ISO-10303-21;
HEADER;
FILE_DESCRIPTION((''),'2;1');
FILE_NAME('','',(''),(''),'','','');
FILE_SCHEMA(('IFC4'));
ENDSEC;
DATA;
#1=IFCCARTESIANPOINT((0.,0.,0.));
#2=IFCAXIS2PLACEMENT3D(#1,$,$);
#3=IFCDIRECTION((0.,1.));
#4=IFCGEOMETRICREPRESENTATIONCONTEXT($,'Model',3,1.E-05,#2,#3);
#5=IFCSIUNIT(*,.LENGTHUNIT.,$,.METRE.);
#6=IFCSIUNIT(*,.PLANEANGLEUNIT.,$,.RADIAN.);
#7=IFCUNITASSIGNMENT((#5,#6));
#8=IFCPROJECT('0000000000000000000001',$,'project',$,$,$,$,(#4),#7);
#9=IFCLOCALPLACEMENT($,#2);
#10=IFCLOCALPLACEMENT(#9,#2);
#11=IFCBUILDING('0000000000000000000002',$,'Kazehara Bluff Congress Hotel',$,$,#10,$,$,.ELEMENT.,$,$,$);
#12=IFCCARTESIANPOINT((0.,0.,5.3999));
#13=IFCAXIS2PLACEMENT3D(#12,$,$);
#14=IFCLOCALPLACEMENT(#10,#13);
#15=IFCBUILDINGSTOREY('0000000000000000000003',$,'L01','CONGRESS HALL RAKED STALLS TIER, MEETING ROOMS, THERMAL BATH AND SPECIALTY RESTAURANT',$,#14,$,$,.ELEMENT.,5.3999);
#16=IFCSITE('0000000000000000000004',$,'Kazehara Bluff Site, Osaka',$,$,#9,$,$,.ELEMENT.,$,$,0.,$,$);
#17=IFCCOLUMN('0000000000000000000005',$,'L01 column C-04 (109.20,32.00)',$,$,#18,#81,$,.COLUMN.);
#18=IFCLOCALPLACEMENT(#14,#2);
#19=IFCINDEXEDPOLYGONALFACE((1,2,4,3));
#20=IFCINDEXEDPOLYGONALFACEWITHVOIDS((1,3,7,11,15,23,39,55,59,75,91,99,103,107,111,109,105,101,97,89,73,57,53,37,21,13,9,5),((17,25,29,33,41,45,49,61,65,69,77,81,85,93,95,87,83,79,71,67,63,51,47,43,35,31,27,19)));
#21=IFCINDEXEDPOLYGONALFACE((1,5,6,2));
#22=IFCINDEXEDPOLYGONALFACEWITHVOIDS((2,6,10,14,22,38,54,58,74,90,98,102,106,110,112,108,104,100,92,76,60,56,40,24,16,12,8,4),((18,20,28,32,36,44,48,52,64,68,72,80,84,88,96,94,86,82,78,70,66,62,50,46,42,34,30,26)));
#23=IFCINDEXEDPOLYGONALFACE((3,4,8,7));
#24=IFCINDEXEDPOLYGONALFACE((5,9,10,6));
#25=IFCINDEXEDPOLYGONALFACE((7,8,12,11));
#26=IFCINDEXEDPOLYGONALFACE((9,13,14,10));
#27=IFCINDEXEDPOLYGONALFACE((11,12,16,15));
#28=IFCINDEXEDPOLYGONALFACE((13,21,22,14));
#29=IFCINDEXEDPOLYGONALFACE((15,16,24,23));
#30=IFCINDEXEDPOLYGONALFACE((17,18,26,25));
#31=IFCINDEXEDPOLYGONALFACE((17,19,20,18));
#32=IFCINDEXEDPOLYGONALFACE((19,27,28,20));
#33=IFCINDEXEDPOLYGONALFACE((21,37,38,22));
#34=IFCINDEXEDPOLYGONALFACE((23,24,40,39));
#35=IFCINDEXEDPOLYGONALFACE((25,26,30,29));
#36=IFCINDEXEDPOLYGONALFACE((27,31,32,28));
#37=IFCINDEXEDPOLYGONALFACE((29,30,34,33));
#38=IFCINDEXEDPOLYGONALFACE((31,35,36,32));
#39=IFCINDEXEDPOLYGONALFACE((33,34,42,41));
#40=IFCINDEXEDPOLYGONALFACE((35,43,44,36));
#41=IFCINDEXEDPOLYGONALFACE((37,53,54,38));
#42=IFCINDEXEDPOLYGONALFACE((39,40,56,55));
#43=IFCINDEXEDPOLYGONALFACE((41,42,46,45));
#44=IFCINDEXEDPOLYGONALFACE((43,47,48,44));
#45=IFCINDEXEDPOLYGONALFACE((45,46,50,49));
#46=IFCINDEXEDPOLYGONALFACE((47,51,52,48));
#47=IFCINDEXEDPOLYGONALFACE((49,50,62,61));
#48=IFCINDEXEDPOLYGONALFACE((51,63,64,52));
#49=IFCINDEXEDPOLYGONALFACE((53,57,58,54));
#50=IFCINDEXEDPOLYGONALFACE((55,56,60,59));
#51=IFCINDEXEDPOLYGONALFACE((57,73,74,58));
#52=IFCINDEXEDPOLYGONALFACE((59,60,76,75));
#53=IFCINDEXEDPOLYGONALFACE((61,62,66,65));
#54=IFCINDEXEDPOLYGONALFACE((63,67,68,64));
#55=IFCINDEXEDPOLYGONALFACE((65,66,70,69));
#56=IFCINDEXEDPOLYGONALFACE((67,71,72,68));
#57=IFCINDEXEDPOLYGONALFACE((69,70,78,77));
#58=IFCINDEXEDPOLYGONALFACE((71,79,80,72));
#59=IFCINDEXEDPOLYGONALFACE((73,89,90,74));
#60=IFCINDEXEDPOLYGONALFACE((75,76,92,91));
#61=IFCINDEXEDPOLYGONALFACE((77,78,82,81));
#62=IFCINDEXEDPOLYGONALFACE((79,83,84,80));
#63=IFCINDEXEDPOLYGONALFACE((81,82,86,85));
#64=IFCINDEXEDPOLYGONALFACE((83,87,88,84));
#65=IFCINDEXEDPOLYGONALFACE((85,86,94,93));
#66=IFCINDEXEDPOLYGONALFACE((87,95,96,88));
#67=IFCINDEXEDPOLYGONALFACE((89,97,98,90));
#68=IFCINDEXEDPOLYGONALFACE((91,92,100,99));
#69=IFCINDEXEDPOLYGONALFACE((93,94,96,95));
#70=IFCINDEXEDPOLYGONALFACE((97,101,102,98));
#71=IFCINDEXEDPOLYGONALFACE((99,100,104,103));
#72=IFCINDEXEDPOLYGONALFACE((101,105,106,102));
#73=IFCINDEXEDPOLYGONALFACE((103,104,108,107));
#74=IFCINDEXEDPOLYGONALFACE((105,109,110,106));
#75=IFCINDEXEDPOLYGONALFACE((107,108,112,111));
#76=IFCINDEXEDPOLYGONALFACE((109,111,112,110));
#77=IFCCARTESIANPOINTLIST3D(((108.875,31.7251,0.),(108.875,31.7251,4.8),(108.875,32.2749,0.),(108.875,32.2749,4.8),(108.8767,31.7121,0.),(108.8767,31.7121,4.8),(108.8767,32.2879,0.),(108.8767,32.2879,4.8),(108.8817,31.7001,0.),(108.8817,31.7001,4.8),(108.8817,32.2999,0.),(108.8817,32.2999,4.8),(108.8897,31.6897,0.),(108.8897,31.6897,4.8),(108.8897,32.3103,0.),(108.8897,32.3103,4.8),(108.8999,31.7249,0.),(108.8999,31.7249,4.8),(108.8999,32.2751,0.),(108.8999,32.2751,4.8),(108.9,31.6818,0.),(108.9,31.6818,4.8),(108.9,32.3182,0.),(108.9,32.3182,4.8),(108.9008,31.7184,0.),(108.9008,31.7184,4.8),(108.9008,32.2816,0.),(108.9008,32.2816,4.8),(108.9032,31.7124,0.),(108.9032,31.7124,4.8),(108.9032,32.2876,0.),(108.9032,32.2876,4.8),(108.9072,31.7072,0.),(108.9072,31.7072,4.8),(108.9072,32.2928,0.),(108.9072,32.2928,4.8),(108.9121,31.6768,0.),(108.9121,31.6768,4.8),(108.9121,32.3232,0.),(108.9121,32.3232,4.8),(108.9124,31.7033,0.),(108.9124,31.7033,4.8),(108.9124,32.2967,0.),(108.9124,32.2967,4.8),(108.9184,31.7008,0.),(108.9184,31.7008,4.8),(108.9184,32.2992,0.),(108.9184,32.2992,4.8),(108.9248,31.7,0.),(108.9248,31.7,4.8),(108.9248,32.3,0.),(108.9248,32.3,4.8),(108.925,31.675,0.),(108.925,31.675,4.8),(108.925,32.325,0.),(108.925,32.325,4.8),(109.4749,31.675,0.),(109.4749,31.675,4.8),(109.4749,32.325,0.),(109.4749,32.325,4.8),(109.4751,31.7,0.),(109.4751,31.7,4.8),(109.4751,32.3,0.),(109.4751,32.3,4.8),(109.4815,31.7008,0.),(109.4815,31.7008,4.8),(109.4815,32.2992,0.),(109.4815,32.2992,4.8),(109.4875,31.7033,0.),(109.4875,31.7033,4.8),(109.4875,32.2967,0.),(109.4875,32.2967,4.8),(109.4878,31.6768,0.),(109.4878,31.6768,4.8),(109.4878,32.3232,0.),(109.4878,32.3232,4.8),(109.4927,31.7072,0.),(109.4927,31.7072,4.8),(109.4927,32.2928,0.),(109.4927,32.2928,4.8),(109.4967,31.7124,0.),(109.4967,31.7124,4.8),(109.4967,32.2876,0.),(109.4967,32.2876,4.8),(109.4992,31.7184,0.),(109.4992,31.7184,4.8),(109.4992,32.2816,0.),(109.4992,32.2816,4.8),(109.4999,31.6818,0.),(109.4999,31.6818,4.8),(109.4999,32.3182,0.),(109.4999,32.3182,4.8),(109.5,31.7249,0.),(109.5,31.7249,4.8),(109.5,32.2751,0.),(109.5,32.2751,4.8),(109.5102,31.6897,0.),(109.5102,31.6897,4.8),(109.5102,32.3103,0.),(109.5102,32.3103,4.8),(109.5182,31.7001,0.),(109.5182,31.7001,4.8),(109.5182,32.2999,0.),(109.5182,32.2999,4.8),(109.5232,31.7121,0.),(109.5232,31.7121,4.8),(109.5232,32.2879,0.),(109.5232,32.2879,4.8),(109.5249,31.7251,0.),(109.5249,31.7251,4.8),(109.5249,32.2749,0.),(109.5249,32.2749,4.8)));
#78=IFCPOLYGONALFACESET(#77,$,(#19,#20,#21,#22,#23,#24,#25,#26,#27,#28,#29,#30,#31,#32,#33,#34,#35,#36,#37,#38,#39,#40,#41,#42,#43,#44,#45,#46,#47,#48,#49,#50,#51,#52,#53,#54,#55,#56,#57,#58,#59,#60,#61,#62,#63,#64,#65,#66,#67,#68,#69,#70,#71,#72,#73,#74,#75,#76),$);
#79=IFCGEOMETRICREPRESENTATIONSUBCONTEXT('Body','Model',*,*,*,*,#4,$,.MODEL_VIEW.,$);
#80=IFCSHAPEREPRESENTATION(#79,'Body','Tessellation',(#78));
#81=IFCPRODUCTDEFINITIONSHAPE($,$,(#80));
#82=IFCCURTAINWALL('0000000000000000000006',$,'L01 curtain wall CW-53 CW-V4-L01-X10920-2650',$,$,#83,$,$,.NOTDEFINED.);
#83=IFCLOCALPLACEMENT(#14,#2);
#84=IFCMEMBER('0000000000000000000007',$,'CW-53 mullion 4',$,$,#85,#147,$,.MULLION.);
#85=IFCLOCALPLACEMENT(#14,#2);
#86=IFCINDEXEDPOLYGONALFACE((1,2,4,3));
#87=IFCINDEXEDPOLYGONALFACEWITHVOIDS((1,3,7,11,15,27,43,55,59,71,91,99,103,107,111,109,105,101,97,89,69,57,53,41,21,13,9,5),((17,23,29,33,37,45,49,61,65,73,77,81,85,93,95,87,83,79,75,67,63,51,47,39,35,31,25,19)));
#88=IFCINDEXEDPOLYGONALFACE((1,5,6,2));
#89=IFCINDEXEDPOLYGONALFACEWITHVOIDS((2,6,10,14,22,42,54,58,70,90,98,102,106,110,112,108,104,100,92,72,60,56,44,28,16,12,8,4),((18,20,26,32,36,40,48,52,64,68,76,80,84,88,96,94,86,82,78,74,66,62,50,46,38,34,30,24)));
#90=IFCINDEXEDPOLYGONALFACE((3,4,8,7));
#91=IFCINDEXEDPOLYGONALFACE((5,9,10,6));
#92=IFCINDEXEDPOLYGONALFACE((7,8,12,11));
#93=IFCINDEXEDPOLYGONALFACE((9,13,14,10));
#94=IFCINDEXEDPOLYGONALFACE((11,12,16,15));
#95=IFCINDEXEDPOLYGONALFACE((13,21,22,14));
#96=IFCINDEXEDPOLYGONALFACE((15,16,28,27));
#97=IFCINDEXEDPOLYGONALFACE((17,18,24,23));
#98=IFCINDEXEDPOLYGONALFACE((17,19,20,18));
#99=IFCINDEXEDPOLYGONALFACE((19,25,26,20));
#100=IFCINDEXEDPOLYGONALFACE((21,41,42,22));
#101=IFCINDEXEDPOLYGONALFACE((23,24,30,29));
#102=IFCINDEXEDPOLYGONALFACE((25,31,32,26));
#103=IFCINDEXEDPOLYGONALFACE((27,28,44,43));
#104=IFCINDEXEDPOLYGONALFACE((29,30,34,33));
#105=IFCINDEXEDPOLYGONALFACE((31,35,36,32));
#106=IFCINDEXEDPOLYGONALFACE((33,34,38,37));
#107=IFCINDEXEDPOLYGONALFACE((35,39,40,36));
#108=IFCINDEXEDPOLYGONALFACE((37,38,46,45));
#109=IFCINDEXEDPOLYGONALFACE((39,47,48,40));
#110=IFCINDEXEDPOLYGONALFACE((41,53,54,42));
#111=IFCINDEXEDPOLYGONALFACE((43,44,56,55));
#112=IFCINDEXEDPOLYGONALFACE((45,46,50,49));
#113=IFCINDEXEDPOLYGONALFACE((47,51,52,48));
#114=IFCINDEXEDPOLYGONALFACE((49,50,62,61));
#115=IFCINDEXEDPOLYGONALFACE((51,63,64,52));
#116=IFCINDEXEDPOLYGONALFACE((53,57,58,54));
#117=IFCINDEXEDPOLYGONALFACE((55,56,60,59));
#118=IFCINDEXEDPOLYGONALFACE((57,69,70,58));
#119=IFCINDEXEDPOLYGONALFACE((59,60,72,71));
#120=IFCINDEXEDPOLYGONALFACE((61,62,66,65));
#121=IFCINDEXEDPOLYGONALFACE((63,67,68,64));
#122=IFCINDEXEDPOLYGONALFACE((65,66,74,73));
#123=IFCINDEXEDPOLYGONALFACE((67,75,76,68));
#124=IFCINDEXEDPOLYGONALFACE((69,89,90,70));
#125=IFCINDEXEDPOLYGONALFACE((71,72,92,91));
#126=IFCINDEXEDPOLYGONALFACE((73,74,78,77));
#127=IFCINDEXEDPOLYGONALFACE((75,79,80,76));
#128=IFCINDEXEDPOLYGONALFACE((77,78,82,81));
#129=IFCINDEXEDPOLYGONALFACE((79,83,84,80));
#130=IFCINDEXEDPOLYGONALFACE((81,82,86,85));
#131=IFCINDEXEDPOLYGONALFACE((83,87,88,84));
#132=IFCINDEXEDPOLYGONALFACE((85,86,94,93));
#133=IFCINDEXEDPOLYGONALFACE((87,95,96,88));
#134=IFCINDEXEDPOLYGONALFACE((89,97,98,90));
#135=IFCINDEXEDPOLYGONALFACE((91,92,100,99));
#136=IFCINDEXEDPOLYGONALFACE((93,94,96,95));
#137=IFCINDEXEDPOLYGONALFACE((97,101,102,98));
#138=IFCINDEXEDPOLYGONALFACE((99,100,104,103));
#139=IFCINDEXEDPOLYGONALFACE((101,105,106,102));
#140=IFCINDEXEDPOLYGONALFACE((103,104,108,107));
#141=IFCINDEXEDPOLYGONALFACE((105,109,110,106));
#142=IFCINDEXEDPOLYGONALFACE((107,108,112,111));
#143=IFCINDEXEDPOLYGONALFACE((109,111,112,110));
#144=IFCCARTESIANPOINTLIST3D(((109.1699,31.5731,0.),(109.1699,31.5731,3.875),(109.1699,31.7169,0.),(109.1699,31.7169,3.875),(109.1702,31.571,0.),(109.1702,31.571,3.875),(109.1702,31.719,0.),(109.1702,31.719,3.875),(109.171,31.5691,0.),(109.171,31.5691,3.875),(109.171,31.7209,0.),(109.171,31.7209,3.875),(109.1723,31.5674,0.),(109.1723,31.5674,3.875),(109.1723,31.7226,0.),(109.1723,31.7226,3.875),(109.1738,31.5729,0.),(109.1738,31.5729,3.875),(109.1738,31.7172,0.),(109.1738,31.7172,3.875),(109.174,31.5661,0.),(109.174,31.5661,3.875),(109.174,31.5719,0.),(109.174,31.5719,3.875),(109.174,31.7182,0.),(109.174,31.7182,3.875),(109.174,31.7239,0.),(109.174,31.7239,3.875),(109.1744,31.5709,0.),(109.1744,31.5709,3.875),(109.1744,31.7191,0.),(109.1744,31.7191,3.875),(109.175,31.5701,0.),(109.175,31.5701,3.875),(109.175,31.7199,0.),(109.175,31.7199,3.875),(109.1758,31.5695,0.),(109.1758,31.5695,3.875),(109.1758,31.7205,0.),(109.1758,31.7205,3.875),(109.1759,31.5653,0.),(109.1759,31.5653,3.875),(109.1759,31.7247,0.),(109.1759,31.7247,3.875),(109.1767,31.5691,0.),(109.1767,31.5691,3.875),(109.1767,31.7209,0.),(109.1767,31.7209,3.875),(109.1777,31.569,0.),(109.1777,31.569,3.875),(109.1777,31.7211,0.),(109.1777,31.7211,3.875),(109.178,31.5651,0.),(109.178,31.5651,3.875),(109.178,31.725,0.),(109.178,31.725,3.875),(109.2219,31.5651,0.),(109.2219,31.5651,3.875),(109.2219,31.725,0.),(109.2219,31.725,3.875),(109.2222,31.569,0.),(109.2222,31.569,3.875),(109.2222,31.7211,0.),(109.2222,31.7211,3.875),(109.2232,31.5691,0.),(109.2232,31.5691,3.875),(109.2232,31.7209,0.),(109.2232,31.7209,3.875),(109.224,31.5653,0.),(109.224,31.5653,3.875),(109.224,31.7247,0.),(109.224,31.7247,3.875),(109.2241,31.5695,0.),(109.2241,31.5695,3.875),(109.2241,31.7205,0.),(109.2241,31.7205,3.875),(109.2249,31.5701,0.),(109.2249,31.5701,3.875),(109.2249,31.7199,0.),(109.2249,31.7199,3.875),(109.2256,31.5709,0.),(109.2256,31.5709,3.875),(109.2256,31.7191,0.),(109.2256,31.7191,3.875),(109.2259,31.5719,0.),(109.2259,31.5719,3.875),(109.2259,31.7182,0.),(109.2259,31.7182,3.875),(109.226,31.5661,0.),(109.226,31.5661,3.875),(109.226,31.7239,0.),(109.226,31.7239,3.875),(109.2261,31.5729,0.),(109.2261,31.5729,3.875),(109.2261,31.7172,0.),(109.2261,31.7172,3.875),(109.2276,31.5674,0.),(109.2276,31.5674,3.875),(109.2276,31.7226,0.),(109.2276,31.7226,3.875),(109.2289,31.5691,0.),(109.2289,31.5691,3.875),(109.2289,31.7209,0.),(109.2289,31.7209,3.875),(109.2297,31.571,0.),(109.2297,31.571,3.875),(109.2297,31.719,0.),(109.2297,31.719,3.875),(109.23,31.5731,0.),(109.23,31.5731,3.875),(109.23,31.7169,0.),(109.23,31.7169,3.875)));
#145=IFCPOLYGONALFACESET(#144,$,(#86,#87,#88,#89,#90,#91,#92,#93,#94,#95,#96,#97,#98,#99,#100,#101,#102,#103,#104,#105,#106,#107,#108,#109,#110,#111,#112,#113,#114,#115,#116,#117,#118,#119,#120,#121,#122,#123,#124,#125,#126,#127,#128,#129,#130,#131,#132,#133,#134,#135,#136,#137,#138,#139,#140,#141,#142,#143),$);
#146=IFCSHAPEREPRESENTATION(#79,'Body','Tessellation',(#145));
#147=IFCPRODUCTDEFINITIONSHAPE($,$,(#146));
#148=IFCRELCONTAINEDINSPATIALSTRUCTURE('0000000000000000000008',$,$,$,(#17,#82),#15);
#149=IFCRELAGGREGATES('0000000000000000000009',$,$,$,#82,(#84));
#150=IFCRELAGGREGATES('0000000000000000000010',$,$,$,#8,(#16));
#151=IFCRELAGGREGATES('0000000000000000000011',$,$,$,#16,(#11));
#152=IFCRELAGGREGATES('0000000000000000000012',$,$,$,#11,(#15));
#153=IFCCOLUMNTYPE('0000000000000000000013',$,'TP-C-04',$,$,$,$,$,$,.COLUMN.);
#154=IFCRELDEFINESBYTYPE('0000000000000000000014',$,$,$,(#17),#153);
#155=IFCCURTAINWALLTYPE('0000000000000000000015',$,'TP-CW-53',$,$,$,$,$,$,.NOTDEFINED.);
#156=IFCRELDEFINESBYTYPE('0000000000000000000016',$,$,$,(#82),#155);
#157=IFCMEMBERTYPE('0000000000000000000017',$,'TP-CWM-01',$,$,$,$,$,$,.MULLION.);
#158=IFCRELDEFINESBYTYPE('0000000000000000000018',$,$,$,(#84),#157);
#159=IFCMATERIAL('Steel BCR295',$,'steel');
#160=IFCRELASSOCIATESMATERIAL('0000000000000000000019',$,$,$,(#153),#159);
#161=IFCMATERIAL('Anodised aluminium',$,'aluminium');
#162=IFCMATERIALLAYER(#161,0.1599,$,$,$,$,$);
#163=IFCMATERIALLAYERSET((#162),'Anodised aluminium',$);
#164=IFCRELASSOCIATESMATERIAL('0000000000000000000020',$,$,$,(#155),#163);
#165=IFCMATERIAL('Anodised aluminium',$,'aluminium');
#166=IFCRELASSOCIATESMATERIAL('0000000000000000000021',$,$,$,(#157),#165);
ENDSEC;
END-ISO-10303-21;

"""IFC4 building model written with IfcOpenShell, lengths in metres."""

from ifc_helpers import new_model, si_unit, direction, frame, origin, origin_2d, place, context, subcontext, project, spatial, hollow_rectangle, extrude, material, layer, layer_set, material_profile, profile_set, type_object, element, aggregate, save


model = new_model("IFC4")

# Units and contexts
model_context = context("Model", 3, precision=1e-05, world=origin(), true_north=direction((0.0, 1.0)))
body_context = subcontext(model_context, "Body", "Model", "MODEL_VIEW")
ifc_project = project(units=[si_unit("LENGTHUNIT", "METRE"), si_unit("PLANEANGLEUNIT", "RADIAN")], contexts=[model_context])

# Site, building, storey
site_placement = place(None, origin())
site = spatial("IfcSite", under=ifc_project, at=site_placement, Name="Kazehara Bluff Site, Osaka", CompositionType="ELEMENT", RefElevation=0.0)
building_placement = place(site_placement, origin())
building = spatial("IfcBuilding", under=site, at=building_placement, Name="Kazehara Bluff Congress Hotel", CompositionType="ELEMENT")
storey_placement = place(building_placement, frame((0.0, 0.0, 5.3999)))
storey = spatial("IfcBuildingStorey", under=building, at=storey_placement, Name="L01", Description="CONGRESS HALL RAKED STALLS TIER, MEETING ROOMS, THERMAL BATH AND SPECIALTY RESTAURANT", CompositionType="ELEMENT", Elevation=5.3999)

# Column
ifc_material_1 = material(Name="Steel BCR295", Category="steel")
ifc_material_profile_1 = material_profile(ifc_material_1, hollow_rectangle(XDim=0.6499, YDim=0.6499, WallThickness=0.0249, InnerFilletRadius=0.0249, OuterFilletRadius=0.05, at=origin_2d()))
ifc_profile_set_1 = profile_set([ifc_material_profile_1], Name="Steel BCR295")
column_type = type_object("IfcColumnType", Name="TP-C-04", PredefinedType="COLUMN", material=ifc_profile_set_1)
column_placement = place(storey_placement, frame((109.2, 32.0, 0.0), z_axis=(0.0, 0.0, 1.0), x_axis=(1.0, 0.0, 0.0)))
element("IfcColumn", 1, at=column_placement, inside=storey, type_object=column_type, Name="L01 column C-04 (109.20,32.00)", PredefinedType="COLUMN", context=body_context, shape_type="SweptSolid", body=[
    extrude(hollow_rectangle(XDim=0.6499, YDim=0.6499, WallThickness=0.0249, InnerFilletRadius=0.0249, OuterFilletRadius=0.05, at=origin_2d()), origin(), (0.0, 0.0, 1.0), 4.8),
])

# Curtain wall, member
ifc_material_2 = material(Name="Anodised aluminium", Category="aluminium")
ifc_layer_1 = layer(ifc_material_2, 0.1599)
ifc_layer_set_1 = layer_set([ifc_layer_1], Name="Anodised aluminium")
curtain_wall_type_1 = type_object("IfcCurtainWallType", Name="TP-CW-53", PredefinedType="NOTDEFINED", material=ifc_layer_set_1)
curtain_wall_1_placement = place(storey_placement, origin())
curtain_wall_1 = element("IfcCurtainWall", 2, at=curtain_wall_1_placement, inside=storey, type_object=curtain_wall_type_1, Name="L01 curtain wall CW-53 CW-V4-L01-X10920-2650", PredefinedType="NOTDEFINED")
ifc_material_3 = material(Name="Anodised aluminium", Category="aluminium")
ifc_material_profile_2 = material_profile(ifc_material_3, hollow_rectangle(XDim=0.0601, YDim=0.1599, WallThickness=0.0039, InnerFilletRadius=0.0039, OuterFilletRadius=0.0081, at=origin_2d()))
ifc_profile_set_2 = profile_set([ifc_material_profile_2], Name="Anodised aluminium")
member_type_1 = type_object("IfcMemberType", Name="TP-CWM-01", PredefinedType="MULLION", material=ifc_profile_set_2)
member_1_placement = place(storey_placement, frame((109.2, 31.645, 0.0), z_axis=(0.0, 0.0, 1.0), x_axis=(-1.0, 0.0, 0.0)))
member_1 = element("IfcMember", 3, at=member_1_placement, type_object=member_type_1, Name="CW-53 mullion 4", PredefinedType="MULLION", context=body_context, shape_type="SweptSolid", body=[
    extrude(hollow_rectangle(XDim=0.0601, YDim=0.1599, WallThickness=0.0039, InnerFilletRadius=0.0039, OuterFilletRadius=0.0081, at=origin_2d()), origin(), (0.0, 0.0, 1.0), 3.875),
])
aggregate(curtain_wall_1, [member_1])

save(model, "model.ifc")
